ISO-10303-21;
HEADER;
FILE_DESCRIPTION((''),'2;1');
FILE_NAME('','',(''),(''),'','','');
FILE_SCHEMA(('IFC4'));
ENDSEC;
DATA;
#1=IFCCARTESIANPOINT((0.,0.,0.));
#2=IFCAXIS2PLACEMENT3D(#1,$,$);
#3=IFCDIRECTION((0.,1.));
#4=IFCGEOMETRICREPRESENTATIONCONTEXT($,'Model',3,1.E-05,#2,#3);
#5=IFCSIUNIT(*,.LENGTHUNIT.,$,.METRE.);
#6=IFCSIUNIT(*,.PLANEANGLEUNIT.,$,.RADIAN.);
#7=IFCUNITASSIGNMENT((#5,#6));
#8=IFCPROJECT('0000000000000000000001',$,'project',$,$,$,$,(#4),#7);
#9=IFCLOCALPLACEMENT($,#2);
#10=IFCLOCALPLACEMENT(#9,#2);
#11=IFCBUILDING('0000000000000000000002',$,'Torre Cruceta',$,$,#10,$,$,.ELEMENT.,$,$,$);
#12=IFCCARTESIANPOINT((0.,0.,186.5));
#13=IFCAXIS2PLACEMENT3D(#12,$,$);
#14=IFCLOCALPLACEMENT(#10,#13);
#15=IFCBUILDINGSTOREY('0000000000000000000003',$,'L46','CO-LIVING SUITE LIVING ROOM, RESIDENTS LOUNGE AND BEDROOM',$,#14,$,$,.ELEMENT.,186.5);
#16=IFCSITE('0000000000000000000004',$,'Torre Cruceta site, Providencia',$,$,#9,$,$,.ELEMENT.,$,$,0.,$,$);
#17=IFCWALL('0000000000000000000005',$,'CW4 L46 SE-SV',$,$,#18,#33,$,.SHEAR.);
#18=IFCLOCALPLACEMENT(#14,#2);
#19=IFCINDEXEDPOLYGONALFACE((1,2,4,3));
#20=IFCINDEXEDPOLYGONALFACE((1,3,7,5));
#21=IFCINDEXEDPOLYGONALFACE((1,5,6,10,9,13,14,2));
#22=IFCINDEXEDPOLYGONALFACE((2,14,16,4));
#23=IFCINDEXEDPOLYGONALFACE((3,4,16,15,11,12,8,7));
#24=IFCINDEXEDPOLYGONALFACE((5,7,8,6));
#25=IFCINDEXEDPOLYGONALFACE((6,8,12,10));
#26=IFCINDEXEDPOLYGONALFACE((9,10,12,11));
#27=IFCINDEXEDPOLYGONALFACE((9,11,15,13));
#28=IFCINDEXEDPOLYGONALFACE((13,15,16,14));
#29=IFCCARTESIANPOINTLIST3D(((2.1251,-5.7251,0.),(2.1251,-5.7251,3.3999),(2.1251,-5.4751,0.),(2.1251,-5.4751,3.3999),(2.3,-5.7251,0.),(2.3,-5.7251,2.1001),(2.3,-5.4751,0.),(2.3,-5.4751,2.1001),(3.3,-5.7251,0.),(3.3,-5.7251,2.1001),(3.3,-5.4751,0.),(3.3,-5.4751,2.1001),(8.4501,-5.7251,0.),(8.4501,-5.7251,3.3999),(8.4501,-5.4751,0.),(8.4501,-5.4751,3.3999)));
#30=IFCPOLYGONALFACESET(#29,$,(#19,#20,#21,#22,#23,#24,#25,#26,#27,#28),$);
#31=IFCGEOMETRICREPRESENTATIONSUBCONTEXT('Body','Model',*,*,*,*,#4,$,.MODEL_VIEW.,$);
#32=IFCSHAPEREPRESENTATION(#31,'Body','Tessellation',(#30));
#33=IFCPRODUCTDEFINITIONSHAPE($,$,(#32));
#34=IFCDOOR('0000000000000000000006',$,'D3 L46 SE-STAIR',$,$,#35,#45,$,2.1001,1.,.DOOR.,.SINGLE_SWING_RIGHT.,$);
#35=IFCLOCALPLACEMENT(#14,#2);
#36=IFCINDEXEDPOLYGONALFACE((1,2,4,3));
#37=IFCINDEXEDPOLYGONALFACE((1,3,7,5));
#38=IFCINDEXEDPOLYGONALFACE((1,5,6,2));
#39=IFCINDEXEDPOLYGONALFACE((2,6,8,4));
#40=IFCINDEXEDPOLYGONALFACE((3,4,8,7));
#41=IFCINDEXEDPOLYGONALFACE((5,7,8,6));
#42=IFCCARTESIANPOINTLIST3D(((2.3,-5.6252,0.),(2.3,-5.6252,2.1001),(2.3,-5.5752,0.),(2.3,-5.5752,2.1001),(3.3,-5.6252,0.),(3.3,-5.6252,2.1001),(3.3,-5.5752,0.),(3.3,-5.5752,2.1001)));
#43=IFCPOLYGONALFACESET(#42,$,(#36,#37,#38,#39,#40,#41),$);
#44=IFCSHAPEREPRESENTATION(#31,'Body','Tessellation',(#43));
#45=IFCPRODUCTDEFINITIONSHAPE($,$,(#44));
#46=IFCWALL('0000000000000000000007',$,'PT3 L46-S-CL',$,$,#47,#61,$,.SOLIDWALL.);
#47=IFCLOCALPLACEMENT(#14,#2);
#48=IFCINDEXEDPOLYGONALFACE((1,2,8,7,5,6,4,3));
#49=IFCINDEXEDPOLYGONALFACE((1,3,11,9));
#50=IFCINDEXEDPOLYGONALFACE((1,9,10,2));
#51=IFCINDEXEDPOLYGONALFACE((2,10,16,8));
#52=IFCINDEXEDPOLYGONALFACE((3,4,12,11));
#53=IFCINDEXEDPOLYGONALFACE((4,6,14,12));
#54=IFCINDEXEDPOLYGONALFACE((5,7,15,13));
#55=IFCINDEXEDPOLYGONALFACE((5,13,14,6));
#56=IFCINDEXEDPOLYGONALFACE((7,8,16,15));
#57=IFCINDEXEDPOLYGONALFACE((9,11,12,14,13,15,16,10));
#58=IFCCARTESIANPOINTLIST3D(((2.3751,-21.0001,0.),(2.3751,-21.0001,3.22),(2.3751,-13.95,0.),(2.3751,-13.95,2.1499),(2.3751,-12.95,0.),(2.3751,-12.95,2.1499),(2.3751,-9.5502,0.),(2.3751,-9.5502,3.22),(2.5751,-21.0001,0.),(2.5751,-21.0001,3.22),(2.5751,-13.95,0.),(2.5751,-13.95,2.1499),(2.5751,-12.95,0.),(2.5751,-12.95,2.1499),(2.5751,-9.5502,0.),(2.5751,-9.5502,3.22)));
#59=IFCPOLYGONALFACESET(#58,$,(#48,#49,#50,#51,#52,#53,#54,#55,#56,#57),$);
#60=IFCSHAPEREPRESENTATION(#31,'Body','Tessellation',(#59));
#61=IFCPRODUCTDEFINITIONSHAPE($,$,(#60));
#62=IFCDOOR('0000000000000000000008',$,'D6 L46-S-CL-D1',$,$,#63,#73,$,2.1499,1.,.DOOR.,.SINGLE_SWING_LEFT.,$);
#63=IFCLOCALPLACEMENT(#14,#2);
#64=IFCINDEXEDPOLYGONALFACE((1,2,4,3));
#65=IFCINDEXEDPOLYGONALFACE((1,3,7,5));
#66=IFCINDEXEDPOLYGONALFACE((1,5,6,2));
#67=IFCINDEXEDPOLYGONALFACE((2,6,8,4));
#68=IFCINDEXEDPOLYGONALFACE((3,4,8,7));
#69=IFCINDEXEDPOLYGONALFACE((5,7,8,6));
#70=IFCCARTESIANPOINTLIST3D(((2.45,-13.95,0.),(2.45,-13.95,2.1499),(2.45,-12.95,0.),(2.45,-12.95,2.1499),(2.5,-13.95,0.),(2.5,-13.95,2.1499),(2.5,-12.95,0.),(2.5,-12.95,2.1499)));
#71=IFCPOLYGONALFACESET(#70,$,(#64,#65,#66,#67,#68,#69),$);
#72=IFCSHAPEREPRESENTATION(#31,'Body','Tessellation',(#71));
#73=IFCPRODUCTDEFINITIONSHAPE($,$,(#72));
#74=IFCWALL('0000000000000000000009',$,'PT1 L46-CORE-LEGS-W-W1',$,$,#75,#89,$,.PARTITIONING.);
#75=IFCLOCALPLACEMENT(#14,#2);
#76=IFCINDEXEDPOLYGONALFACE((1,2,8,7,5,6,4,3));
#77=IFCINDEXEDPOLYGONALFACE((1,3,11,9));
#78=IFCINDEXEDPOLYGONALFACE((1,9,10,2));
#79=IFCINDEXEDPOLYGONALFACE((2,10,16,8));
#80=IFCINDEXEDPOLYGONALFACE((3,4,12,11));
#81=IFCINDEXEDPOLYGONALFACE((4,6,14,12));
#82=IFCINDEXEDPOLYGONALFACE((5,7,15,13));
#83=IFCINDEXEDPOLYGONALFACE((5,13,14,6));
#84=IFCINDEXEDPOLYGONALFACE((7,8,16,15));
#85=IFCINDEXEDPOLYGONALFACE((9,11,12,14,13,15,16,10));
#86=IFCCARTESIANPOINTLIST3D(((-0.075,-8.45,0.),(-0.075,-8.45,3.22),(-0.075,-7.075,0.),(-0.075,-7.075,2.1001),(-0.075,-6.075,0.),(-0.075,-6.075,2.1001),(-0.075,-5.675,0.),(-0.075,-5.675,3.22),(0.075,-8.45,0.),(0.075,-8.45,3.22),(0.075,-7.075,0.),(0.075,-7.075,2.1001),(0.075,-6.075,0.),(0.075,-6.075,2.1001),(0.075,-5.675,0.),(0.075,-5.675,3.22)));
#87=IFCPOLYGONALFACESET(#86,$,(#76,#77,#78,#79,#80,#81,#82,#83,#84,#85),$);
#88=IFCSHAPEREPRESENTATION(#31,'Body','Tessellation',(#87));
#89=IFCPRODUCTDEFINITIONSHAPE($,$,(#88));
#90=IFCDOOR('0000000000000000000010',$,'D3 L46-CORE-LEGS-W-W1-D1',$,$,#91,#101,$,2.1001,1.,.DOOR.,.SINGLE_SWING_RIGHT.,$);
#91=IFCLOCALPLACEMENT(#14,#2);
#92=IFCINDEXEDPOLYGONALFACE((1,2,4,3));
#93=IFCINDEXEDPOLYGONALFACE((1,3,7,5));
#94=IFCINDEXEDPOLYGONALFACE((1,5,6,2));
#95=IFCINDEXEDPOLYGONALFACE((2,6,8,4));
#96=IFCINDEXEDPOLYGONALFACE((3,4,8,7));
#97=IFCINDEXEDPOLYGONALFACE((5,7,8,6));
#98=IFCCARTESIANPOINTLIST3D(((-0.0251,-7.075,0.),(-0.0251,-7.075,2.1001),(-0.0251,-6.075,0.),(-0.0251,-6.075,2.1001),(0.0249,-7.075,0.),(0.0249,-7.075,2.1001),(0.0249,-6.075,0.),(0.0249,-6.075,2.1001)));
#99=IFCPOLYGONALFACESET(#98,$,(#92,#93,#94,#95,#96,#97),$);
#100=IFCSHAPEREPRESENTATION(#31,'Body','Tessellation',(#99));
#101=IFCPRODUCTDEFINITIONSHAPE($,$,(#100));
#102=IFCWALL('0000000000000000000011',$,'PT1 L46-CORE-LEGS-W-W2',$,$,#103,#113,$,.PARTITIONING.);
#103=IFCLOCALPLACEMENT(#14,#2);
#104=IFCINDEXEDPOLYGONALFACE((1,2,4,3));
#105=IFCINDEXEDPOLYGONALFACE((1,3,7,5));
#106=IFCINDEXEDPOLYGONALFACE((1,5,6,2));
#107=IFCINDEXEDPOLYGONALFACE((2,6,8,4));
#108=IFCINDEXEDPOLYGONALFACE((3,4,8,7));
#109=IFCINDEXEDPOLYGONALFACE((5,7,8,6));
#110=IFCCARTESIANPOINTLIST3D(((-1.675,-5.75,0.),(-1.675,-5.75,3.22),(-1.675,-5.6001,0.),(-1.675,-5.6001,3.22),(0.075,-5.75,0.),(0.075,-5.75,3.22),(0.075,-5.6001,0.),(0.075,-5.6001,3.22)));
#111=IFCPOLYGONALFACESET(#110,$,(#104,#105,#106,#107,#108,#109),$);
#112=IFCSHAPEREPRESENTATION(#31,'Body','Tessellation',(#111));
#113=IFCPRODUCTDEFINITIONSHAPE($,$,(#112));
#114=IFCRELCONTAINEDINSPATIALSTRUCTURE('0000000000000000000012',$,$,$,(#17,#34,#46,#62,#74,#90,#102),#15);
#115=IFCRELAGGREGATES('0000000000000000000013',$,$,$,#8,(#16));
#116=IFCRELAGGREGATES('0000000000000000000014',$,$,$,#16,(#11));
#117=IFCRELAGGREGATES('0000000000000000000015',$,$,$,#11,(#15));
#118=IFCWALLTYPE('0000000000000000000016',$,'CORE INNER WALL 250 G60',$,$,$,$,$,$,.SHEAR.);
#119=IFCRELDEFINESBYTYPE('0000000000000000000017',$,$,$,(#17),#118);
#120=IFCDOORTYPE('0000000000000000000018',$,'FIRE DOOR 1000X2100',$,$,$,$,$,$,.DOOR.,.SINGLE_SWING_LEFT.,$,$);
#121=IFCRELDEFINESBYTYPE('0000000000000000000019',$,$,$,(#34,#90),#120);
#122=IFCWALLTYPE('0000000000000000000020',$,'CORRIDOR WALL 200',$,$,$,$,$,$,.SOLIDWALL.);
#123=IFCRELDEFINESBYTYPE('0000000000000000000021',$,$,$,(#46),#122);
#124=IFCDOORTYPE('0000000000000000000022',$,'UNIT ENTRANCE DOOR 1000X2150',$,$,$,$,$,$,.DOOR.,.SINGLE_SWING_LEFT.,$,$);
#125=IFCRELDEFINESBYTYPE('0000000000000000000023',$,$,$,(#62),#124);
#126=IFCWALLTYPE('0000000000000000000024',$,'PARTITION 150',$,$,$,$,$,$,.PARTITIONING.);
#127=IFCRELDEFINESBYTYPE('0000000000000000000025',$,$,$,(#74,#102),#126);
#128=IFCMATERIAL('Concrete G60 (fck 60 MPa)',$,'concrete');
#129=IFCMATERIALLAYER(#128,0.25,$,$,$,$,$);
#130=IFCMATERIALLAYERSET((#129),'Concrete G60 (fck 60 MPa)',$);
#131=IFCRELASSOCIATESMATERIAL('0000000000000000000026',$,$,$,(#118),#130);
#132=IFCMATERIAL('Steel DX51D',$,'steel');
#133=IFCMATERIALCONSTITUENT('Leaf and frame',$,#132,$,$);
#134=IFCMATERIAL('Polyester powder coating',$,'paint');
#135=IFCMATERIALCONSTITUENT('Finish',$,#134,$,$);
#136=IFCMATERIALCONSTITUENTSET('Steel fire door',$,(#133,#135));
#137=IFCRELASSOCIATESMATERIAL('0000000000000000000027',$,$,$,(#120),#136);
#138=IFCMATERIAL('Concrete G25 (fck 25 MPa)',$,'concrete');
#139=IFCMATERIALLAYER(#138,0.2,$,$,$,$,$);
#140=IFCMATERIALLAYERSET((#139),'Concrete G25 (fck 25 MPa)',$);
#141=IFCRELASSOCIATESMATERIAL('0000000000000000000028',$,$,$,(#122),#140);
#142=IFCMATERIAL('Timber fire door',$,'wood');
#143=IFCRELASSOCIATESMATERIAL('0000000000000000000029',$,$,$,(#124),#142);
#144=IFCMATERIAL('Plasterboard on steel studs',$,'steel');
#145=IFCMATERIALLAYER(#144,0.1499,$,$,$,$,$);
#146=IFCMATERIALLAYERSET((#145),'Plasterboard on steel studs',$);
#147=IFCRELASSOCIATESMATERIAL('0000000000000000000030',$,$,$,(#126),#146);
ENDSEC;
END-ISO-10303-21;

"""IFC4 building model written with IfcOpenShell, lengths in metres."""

from ifc_helpers import new_model, si_unit, direction, frame, frame_2d, origin, place, context, subcontext, project, spatial, rectangle, extrude, material, layer, layer_set, constituent, constituent_set, type_object, element, fill, save


model = new_model("IFC4")

# Units and contexts
model_context = context("Model", 3, precision=1e-05, world=origin(), true_north=direction((0.0, 1.0)))
body_context = subcontext(model_context, "Body", "Model", "MODEL_VIEW")
ifc_project = project(units=[si_unit("LENGTHUNIT", "METRE"), si_unit("PLANEANGLEUNIT", "RADIAN")], contexts=[model_context])

# Site, building, storey
site_placement = place(None, origin())
site = spatial("IfcSite", under=ifc_project, at=site_placement, Name="Torre Cruceta site, Providencia", CompositionType="ELEMENT", RefElevation=0.0)
building_placement = place(site_placement, origin())
building = spatial("IfcBuilding", under=site, at=building_placement, Name="Torre Cruceta", CompositionType="ELEMENT")
storey_placement = place(building_placement, frame((0.0, 0.0, 186.5)))
storey = spatial("IfcBuildingStorey", under=building, at=storey_placement, Name="L46", Description="CO-LIVING SUITE LIVING ROOM, RESIDENTS LOUNGE AND BEDROOM", CompositionType="ELEMENT", Elevation=186.5)

# Shared definitions
ifc_material_1 = material(Name="Concrete G60 (fck 60 MPa)", Category="concrete")
ifc_layer_1 = layer(ifc_material_1, 0.25)
ifc_layer_set_1 = layer_set([ifc_layer_1], Name="Concrete G60 (fck 60 MPa)")
wall_type_1 = type_object("IfcWallType", Name="CORE INNER WALL 250 G60", PredefinedType="SHEAR", material=ifc_layer_set_1)
ifc_material_2 = material(Name="Steel DX51D", Category="steel")
ifc_constituent_1 = constituent(ifc_material_2, Name="Leaf and frame")
ifc_material_3 = material(Name="Polyester powder coating", Category="paint")
ifc_constituent_2 = constituent(ifc_material_3, Name="Finish")
ifc_constituent_set_1 = constituent_set(constituents=[ifc_constituent_1, ifc_constituent_2], Name="Steel fire door")
door_type_1 = type_object("IfcDoorType", Name="FIRE DOOR 1000X2100", OperationType="SINGLE_SWING_LEFT", PredefinedType="DOOR", material=ifc_constituent_set_1)

# Walls, openings, doors
wall_1_placement = place(storey_placement, frame((2.125, -5.6001, 0.0), z_axis=(0.0, 0.0, 1.0), x_axis=(1.0, 0.0, 0.0)))
wall_1 = element("IfcWall", 1, at=wall_1_placement, inside=storey, type_object=wall_type_1, Name="CW4 L46 SE-SV", PredefinedType="SHEAR", context=body_context, shape_type="SweptSolid", body=[
    extrude(rectangle(XDim=6.325, YDim=0.25, at=frame_2d((3.1626, 0.0))), origin(), (0.0, 0.0, 1.0), 3.3999),
])
opening_1_placement = place(wall_1_placement, frame((0.175, 0.0, 0.0)))
opening_1 = element("IfcOpeningElement", 2, at=opening_1_placement, cuts=wall_1, PredefinedType="OPENING", context=body_context, shape_type="SweptSolid", body=[
    extrude(rectangle(XDim=1.0, YDim=2.1001, at=frame_2d((0.5, 1.05))), frame((0.0, 0.135, 0.0), z_axis=(0.0, -1.0, 0.0), x_axis=(1.0, 0.0, 0.0)), (0.0, 0.0, 1.0), 0.27),
])
door_1_placement = place(opening_1_placement, frame((1.0, 0.0, 0.0), z_axis=(0.0, 0.0, 1.0), x_axis=(-1.0, 0.0, 0.0)))
door_1 = element("IfcDoor", 3, at=door_1_placement, inside=storey, type_object=door_type_1, Name="D3 L46 SE-STAIR", OperationType="SINGLE_SWING_RIGHT", OverallHeight=2.1001, OverallWidth=1.0, PredefinedType="DOOR", context=body_context, shape_type="SweptSolid", body=[
    extrude(rectangle(XDim=1.0, YDim=2.1001, at=frame_2d((0.5, 1.05))), frame((0.0, 0.0251, 0.0), z_axis=(0.0, -1.0, 0.0), x_axis=(1.0, 0.0, 0.0)), (0.0, 0.0, 1.0), 0.05),
])
fill(opening_1, door_1)
ifc_material_4 = material(Name="Concrete G25 (fck 25 MPa)", Category="concrete")
ifc_layer_2 = layer(ifc_material_4, 0.2)
ifc_layer_set_2 = layer_set([ifc_layer_2], Name="Concrete G25 (fck 25 MPa)")
wall_type_2 = type_object("IfcWallType", Name="CORRIDOR WALL 200", PredefinedType="SOLIDWALL", material=ifc_layer_set_2)
wall_2_placement = place(storey_placement, frame((2.4751, -9.55, 0.0), z_axis=(0.0, 0.0, 1.0), x_axis=(0.0, -1.0, 0.0)))
wall_2 = element("IfcWall", 4, at=wall_2_placement, inside=storey, type_object=wall_type_2, Name="PT3 L46-S-CL", PredefinedType="SOLIDWALL", context=body_context, shape_type="SweptSolid", body=[
    extrude(rectangle(XDim=11.45, YDim=0.2, at=frame_2d((5.7251, 0.0))), origin(), (0.0, 0.0, 1.0), 3.22),
])
opening_2_placement = place(wall_2_placement, frame((3.3999, 0.0, 0.0)))
opening_2 = element("IfcOpeningElement", 5, at=opening_2_placement, cuts=wall_2, PredefinedType="OPENING", context=body_context, shape_type="SweptSolid", body=[
    extrude(rectangle(XDim=1.0, YDim=2.1499, at=frame_2d((0.5, 1.075))), frame((0.0, 0.1099, 0.0), z_axis=(0.0, -1.0, 0.0), x_axis=(1.0, 0.0, 0.0)), (0.0, 0.0, 1.0), 0.22),
])
ifc_material_5 = material(Name="Timber fire door", Category="wood")
door_type_2 = type_object("IfcDoorType", Name="UNIT ENTRANCE DOOR 1000X2150", OperationType="SINGLE_SWING_LEFT", PredefinedType="DOOR", material=ifc_material_5)
door_2_placement = place(opening_2_placement, origin())
door_2 = element("IfcDoor", 6, at=door_2_placement, inside=storey, type_object=door_type_2, Name="D6 L46-S-CL-D1", OperationType="SINGLE_SWING_LEFT", OverallHeight=2.1499, OverallWidth=1.0, PredefinedType="DOOR", context=body_context, shape_type="SweptSolid", body=[
    extrude(rectangle(XDim=1.0, YDim=2.1499, at=frame_2d((0.5, 1.075))), frame((0.0, 0.0249, 0.0), z_axis=(0.0, -1.0, 0.0), x_axis=(1.0, 0.0, 0.0)), (0.0, 0.0, 1.0), 0.05),
])
fill(opening_2, door_2)
ifc_material_6 = material(Name="Plasterboard on steel studs", Category="steel")
ifc_layer_3 = layer(ifc_material_6, 0.1499)
ifc_layer_set_3 = layer_set([ifc_layer_3], Name="Plasterboard on steel studs")
wall_type_3 = type_object("IfcWallType", Name="PARTITION 150", PredefinedType="PARTITIONING", material=ifc_layer_set_3)
wall_3_placement = place(storey_placement, frame((0.0, -5.675, 0.0), z_axis=(0.0, 0.0, 1.0), x_axis=(0.0, -1.0, 0.0)))
wall_3 = element("IfcWall", 7, at=wall_3_placement, inside=storey, type_object=wall_type_3, Name="PT1 L46-CORE-LEGS-W-W1", PredefinedType="PARTITIONING", context=body_context, shape_type="SweptSolid", body=[
    extrude(rectangle(XDim=2.7749, YDim=0.1499, at=frame_2d((1.3875, 0.0))), origin(), (0.0, 0.0, 1.0), 3.22),
])
opening_3_placement = place(wall_3_placement, frame((0.3999, 0.0, 0.0)))
opening_3 = element("IfcOpeningElement", 8, at=opening_3_placement, cuts=wall_3, PredefinedType="OPENING", context=body_context, shape_type="SweptSolid", body=[
    extrude(rectangle(XDim=1.0, YDim=2.1001, at=frame_2d((0.5, 1.05))), frame((0.0, 0.085, 0.0), z_axis=(0.0, -1.0, 0.0), x_axis=(1.0, 0.0, 0.0)), (0.0, 0.0, 1.0), 0.1699),
])
door_3_placement = place(opening_3_placement, frame((1.0, 0.0, 0.0), z_axis=(0.0, 0.0, 1.0), x_axis=(-1.0, 0.0, 0.0)))
door_3 = element("IfcDoor", 9, at=door_3_placement, inside=storey, type_object=door_type_1, Name="D3 L46-CORE-LEGS-W-W1-D1", OperationType="SINGLE_SWING_RIGHT", OverallHeight=2.1001, OverallWidth=1.0, PredefinedType="DOOR", context=body_context, shape_type="SweptSolid", body=[
    extrude(rectangle(XDim=1.0, YDim=2.1001, at=frame_2d((0.5, 1.05))), frame((0.0, 0.0251, 0.0), z_axis=(0.0, -1.0, 0.0), x_axis=(1.0, 0.0, 0.0)), (0.0, 0.0, 1.0), 0.05),
])
fill(opening_3, door_3)

# Wall
wall_4_placement = place(storey_placement, frame((-1.675, -5.675, 0.0), z_axis=(0.0, 0.0, 1.0), x_axis=(1.0, 0.0, 0.0)))
element("IfcWall", 10, at=wall_4_placement, inside=storey, type_object=wall_type_3, Name="PT1 L46-CORE-LEGS-W-W2", PredefinedType="PARTITIONING", context=body_context, shape_type="SweptSolid", body=[
    extrude(rectangle(XDim=1.75, YDim=0.1499, at=frame_2d((0.875, 0.0))), origin(), (0.0, 0.0, 1.0), 3.22),
])

save(model, "model.ifc")
